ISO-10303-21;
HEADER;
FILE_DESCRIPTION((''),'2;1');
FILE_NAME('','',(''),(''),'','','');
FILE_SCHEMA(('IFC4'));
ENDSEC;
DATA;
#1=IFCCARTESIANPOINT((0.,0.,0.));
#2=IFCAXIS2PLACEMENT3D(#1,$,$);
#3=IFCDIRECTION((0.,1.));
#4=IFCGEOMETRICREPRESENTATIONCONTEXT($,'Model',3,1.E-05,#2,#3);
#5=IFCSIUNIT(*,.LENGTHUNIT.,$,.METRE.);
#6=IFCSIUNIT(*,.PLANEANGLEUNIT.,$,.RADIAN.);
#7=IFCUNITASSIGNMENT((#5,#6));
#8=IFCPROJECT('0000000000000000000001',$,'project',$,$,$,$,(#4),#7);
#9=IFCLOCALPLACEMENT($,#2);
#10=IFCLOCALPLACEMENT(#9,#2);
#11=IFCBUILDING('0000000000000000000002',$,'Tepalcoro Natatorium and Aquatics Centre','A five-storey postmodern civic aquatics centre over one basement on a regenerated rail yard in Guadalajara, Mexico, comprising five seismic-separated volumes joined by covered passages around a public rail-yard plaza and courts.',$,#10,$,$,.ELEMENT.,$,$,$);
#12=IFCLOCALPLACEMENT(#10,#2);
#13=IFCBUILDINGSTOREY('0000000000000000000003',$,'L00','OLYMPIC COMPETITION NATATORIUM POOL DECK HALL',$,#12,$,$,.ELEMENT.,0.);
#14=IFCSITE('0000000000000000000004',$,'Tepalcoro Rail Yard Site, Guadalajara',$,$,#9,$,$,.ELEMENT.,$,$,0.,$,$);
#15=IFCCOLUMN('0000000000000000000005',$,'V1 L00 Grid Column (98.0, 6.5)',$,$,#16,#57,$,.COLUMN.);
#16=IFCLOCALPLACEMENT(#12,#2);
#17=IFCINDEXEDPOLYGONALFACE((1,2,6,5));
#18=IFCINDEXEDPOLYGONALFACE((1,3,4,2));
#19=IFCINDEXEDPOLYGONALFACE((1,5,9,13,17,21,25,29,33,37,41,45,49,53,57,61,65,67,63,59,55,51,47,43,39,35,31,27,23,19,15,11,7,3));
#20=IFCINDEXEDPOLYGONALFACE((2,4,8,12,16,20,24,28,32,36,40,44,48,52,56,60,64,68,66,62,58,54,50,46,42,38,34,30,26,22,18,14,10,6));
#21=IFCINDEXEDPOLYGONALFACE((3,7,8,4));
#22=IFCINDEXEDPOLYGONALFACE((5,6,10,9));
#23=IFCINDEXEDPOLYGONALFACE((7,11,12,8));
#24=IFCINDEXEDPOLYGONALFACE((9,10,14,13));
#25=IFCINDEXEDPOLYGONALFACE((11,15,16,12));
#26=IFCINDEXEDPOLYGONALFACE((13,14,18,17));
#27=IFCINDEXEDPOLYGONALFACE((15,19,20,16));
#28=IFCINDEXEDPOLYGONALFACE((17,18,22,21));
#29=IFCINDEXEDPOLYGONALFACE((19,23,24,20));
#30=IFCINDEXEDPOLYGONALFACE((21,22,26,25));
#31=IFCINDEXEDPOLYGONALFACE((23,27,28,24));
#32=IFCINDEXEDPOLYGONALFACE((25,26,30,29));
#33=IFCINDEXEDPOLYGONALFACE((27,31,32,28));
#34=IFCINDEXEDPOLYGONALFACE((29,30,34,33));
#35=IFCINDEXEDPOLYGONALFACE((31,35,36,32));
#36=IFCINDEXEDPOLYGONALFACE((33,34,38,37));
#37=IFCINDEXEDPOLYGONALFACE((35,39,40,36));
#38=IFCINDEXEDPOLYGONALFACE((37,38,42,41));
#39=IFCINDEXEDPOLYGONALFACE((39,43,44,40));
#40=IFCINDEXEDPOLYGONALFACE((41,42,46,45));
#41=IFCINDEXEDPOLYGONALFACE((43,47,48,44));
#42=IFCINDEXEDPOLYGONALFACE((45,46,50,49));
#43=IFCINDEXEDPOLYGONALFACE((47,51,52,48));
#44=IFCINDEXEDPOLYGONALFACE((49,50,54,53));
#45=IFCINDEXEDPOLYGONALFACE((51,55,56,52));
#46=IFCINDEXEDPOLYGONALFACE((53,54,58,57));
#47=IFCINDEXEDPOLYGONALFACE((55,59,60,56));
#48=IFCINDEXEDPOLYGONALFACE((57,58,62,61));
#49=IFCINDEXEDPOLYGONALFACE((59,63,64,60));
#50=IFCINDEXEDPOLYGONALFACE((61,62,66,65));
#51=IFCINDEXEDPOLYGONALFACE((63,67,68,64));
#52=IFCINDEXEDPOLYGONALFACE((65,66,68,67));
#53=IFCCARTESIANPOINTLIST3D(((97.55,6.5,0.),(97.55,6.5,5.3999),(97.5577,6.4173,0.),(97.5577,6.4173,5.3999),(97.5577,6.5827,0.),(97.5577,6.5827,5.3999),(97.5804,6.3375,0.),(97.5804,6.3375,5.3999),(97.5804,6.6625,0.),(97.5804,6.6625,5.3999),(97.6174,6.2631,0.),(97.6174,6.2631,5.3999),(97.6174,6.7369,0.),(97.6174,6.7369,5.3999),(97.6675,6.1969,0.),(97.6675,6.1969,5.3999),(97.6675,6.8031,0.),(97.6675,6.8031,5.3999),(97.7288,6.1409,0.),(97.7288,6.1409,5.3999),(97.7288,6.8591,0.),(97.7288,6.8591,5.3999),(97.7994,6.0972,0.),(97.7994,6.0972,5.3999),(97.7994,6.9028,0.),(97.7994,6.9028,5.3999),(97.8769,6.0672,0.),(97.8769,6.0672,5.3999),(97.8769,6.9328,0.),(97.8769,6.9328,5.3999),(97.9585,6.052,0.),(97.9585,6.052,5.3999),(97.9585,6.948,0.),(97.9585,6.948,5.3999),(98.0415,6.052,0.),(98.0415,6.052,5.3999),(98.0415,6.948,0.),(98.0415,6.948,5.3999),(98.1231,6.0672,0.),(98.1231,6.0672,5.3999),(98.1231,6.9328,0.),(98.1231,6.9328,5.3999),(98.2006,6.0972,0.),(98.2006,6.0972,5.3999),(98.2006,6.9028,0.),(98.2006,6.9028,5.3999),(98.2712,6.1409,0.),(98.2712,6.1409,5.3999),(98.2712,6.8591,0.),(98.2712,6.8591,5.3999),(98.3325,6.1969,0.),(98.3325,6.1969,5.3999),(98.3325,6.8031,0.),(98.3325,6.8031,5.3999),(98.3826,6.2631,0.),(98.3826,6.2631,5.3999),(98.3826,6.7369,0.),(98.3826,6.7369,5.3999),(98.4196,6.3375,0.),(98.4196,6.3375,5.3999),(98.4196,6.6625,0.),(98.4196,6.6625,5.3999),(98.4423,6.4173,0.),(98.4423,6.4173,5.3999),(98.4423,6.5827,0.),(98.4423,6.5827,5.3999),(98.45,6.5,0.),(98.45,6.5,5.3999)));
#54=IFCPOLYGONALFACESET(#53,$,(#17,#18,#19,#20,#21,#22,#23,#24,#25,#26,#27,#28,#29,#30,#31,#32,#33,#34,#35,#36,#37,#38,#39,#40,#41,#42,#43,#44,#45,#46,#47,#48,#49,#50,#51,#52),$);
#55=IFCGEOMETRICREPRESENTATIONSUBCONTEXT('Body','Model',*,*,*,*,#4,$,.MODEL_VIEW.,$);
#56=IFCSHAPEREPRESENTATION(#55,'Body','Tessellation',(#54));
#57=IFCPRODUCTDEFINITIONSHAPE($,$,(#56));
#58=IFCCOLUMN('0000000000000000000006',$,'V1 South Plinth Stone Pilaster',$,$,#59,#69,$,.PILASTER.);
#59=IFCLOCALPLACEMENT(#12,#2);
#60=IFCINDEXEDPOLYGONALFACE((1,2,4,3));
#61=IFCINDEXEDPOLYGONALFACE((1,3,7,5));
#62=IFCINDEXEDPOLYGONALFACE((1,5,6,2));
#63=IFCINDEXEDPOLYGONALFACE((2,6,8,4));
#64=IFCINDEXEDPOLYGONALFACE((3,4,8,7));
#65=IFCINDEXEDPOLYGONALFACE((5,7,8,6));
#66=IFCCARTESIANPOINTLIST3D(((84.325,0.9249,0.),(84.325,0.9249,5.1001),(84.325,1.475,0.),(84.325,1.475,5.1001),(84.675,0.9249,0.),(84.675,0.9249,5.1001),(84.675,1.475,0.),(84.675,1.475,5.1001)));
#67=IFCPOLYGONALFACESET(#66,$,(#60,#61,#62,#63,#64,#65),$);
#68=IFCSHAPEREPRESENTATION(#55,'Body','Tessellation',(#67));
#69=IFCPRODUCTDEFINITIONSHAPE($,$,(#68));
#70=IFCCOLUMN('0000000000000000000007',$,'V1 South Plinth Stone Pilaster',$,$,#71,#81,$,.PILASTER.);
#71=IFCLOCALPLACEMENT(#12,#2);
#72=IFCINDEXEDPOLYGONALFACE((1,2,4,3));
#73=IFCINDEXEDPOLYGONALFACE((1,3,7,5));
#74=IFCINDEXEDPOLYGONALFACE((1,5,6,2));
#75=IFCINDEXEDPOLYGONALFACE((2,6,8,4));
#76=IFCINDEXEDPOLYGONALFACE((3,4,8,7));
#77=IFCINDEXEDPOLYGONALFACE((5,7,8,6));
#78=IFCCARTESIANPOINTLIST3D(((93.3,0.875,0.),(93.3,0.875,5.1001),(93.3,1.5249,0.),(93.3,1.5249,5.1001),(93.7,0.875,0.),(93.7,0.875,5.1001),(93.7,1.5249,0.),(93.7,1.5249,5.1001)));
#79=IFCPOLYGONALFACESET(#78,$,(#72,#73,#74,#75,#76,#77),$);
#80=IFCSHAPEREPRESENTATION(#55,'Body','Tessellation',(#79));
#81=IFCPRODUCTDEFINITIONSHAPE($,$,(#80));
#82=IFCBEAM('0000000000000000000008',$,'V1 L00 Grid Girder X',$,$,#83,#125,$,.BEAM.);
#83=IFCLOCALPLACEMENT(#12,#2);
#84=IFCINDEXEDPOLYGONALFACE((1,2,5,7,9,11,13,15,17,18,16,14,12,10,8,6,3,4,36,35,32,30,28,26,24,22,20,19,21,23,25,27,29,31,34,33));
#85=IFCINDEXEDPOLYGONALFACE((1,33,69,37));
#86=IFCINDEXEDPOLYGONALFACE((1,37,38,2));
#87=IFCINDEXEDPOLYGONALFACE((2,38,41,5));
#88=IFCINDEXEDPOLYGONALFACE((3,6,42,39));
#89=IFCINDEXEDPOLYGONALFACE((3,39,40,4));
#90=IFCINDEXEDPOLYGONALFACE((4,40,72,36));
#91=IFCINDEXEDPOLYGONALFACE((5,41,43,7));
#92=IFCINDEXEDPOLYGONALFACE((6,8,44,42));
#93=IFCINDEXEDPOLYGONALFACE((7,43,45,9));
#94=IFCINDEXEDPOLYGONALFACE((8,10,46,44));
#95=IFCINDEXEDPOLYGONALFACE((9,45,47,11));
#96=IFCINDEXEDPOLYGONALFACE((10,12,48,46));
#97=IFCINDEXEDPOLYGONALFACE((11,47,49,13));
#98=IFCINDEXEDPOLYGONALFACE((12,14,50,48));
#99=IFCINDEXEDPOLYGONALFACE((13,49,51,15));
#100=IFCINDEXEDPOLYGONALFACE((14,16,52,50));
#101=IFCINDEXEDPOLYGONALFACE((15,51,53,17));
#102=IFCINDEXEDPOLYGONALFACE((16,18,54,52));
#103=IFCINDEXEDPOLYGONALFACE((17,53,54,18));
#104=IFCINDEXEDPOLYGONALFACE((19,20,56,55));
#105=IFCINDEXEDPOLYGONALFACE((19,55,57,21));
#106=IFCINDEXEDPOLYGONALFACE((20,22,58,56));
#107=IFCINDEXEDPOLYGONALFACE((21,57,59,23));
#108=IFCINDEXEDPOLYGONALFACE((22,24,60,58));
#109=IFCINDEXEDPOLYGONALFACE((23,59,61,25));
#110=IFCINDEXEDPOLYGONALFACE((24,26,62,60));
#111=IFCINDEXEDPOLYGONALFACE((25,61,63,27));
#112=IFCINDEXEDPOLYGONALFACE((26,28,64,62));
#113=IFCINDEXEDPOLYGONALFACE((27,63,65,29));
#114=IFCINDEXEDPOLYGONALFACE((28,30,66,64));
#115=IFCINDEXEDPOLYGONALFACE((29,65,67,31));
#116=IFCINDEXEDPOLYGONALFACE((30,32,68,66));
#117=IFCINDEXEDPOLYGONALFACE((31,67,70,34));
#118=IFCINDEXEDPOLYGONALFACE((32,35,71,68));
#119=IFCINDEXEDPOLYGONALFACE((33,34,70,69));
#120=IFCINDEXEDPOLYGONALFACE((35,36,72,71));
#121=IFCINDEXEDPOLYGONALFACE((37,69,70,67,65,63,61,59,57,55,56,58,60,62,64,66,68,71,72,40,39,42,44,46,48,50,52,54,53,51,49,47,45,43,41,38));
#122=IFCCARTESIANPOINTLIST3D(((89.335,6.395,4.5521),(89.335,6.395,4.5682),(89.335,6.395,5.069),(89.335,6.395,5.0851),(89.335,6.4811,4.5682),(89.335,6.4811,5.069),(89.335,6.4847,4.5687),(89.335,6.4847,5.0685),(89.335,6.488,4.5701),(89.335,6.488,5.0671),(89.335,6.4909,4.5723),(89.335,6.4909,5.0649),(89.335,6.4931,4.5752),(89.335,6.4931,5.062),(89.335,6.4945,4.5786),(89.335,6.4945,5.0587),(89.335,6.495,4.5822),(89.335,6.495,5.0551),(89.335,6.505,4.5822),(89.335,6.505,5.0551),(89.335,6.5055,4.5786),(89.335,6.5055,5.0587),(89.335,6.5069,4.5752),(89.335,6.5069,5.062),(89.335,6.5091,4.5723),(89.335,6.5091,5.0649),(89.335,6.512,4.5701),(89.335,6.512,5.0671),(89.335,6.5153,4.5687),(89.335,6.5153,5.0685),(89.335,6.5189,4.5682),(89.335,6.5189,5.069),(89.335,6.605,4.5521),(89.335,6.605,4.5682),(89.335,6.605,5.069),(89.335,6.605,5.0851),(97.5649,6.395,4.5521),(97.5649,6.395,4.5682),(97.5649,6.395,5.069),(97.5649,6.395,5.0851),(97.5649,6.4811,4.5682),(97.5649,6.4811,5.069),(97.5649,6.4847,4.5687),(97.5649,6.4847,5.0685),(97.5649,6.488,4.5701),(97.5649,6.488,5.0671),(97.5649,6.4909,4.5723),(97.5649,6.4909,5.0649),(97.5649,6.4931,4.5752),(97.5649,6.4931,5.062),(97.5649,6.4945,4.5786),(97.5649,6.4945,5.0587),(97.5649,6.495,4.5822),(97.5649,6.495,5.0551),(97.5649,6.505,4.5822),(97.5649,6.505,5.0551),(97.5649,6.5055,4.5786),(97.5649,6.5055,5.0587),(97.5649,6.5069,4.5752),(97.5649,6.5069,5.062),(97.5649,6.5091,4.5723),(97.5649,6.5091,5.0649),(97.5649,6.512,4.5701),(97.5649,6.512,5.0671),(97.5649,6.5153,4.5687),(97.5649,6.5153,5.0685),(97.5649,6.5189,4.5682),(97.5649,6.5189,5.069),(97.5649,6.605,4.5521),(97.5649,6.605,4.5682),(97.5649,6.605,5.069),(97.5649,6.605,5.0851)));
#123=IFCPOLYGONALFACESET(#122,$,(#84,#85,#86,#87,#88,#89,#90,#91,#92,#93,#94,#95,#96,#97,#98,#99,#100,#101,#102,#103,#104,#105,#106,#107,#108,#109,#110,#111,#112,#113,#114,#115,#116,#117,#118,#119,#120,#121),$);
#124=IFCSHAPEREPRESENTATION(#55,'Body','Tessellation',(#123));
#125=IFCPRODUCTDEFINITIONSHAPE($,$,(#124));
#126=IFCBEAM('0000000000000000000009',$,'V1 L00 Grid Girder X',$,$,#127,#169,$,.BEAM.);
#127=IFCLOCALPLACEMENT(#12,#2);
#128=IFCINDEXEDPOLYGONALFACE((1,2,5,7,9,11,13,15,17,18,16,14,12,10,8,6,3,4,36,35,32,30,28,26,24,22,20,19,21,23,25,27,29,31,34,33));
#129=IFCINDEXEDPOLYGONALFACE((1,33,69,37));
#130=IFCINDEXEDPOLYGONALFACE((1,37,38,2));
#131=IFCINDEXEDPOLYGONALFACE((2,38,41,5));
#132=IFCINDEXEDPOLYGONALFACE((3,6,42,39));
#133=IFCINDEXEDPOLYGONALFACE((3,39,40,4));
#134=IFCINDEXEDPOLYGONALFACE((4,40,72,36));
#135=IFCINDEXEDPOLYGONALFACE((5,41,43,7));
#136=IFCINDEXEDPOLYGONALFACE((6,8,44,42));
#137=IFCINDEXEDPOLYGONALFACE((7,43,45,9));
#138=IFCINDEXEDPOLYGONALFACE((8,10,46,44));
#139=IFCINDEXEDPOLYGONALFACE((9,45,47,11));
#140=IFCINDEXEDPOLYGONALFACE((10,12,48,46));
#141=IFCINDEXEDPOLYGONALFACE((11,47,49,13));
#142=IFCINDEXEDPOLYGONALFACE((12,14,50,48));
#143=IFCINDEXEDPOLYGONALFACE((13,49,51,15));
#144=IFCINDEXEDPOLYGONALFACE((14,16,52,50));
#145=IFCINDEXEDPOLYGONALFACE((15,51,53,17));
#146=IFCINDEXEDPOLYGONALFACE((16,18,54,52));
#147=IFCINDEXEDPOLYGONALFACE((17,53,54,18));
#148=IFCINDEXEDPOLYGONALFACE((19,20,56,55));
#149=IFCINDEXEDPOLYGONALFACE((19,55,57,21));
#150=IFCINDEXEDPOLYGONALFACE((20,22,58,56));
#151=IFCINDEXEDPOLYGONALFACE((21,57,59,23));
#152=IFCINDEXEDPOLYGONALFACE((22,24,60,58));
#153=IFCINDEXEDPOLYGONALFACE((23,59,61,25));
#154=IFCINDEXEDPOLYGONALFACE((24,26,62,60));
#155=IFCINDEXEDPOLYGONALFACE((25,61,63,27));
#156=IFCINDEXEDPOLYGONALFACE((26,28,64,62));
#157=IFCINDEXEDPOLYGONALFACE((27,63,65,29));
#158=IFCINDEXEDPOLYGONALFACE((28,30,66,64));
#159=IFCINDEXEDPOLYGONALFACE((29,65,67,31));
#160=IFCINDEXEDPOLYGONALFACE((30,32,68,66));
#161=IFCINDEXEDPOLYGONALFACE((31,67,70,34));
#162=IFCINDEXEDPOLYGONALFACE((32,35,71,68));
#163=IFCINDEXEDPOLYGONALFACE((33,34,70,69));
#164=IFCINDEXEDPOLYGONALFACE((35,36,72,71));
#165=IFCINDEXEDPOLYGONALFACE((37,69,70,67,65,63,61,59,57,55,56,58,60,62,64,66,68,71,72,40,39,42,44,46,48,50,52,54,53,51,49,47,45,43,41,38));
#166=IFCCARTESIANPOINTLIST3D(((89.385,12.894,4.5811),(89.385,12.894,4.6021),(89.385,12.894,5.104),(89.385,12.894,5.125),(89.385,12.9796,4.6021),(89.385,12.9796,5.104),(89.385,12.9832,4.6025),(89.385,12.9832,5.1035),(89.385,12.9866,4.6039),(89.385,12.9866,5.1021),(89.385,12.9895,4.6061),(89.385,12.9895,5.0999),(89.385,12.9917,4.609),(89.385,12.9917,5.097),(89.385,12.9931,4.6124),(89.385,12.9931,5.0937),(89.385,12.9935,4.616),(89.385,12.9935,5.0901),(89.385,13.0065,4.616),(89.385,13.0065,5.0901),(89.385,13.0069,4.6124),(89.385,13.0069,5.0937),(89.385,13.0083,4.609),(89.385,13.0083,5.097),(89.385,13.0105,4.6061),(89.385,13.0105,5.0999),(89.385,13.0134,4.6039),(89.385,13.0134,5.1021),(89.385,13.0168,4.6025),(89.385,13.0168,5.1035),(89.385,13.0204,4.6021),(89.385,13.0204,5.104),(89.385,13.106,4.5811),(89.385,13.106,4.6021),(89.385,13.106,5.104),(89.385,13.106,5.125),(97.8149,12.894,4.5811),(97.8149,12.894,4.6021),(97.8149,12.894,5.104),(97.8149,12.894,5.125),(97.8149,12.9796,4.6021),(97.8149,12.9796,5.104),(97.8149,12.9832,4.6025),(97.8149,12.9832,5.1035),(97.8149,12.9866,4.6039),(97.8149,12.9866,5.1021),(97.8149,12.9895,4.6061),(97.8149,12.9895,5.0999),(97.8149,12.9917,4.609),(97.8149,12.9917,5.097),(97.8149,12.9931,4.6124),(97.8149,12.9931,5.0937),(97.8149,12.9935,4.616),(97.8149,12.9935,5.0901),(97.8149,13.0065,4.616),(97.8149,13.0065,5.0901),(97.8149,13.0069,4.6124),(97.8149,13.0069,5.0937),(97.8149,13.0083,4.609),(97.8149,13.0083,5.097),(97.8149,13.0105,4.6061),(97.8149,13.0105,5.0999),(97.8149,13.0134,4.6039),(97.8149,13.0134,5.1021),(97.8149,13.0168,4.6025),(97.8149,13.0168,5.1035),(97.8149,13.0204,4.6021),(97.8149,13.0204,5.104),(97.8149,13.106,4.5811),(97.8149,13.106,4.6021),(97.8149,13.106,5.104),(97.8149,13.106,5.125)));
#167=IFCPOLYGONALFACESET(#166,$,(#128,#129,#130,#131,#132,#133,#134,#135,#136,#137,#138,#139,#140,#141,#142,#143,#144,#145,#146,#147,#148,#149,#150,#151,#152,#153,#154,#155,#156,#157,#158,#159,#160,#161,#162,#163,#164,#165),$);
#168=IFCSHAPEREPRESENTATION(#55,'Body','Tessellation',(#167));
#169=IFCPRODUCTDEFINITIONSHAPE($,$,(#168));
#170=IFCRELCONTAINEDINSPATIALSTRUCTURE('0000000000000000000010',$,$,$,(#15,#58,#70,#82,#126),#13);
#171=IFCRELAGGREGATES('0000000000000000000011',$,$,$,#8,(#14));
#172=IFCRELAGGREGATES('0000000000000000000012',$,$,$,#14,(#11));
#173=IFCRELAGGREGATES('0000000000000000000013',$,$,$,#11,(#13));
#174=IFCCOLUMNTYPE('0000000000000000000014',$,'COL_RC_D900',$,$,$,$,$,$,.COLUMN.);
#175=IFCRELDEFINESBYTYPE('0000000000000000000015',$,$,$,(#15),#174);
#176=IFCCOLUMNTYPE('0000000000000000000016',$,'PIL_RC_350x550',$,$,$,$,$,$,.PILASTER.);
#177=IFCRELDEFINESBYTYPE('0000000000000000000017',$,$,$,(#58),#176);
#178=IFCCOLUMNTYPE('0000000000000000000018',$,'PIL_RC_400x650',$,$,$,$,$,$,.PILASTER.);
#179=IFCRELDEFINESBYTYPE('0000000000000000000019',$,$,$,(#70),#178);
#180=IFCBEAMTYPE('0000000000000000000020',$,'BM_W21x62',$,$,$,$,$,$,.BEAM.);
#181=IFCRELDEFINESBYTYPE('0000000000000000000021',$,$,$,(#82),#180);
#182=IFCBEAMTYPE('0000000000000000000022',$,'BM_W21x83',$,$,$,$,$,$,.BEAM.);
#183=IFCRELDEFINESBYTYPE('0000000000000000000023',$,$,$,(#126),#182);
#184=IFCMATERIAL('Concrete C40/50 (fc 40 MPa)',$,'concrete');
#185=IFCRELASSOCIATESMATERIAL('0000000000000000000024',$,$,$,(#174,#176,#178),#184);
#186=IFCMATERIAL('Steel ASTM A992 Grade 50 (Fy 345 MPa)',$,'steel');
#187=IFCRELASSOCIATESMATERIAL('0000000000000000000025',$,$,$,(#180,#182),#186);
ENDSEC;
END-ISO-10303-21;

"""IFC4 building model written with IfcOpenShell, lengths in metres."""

from ifc_helpers import new_model, si_unit, direction, frame, origin, origin_2d, place, context, subcontext, project, spatial, rectangle, circle, i_section, extrude, material, material_profile, profile_set, type_object, element, save


model = new_model("IFC4")

# Units and contexts
model_context = context("Model", 3, precision=1e-05, world=origin(), true_north=direction((0.0, 1.0)))
body_context = subcontext(model_context, "Body", "Model", "MODEL_VIEW")
ifc_project = project(units=[si_unit("LENGTHUNIT", "METRE"), si_unit("PLANEANGLEUNIT", "RADIAN")], contexts=[model_context])

# Site, building, storey
site_placement = place(None, origin())
site = spatial("IfcSite", under=ifc_project, at=site_placement, Name="Tepalcoro Rail Yard Site, Guadalajara", CompositionType="ELEMENT", RefElevation=0.0)
building_placement = place(site_placement, origin())
building = spatial("IfcBuilding", under=site, at=building_placement, Name="Tepalcoro Natatorium and Aquatics Centre", Description="A five-storey postmodern civic aquatics centre over one basement on a regenerated rail yard in Guadalajara, Mexico, comprising five seismic-separated volumes joined by covered passages around a public rail-yard plaza and courts.", CompositionType="ELEMENT")
storey_placement = place(building_placement, origin())
storey = spatial("IfcBuildingStorey", under=building, at=storey_placement, Name="L00", Description="OLYMPIC COMPETITION NATATORIUM POOL DECK HALL", CompositionType="ELEMENT", Elevation=0.0)

# Columns
ifc_material_1 = material(Name="Concrete C40/50 (fc 40 MPa)", Category="concrete")
ifc_material_profile_1 = material_profile(ifc_material_1, circle(Radius=0.45, at=origin_2d()), Name="RCD900")
ifc_profile_set_1 = profile_set([ifc_material_profile_1], Name="Concrete C40/50 (fc 40 MPa)")
column_type_1 = type_object("IfcColumnType", Name="COL_RC_D900", PredefinedType="COLUMN", material=ifc_profile_set_1)
column_1_placement = place(storey_placement, frame((98.0, 6.5, 0.0), z_axis=(0.0, 0.0, 1.0), x_axis=(1.0, 0.0, 0.0)))
element("IfcColumn", 1, at=column_1_placement, inside=storey, type_object=column_type_1, Name="V1 L00 Grid Column (98.0, 6.5)", PredefinedType="COLUMN", context=body_context, shape_type="SweptSolid", body=[
    extrude(circle(Radius=0.45, at=origin_2d()), origin(), (0.0, 0.0, 1.0), 5.3999),
])
ifc_material_profile_2 = material_profile(ifc_material_1, rectangle(XDim=0.3501, YDim=0.55, at=origin_2d()), Name="PIL350x550")
ifc_profile_set_2 = profile_set([ifc_material_profile_2], Name="Concrete C40/50 (fc 40 MPa)")
column_type_2 = type_object("IfcColumnType", Name="PIL_RC_350x550", PredefinedType="PILASTER", material=ifc_profile_set_2)
column_2_placement = place(storey_placement, frame((84.5, 1.2, 0.0), z_axis=(0.0, 0.0, 1.0), x_axis=(1.0, 0.0, 0.0)))
element("IfcColumn", 2, at=column_2_placement, inside=storey, type_object=column_type_2, Name="V1 South Plinth Stone Pilaster", PredefinedType="PILASTER", context=body_context, shape_type="SweptSolid", body=[
    extrude(rectangle(XDim=0.3501, YDim=0.55, at=origin_2d()), origin(), (0.0, 0.0, 1.0), 5.1001),
])
ifc_material_profile_3 = material_profile(ifc_material_1, rectangle(XDim=0.3999, YDim=0.6499, at=origin_2d()), Name="PIL400x650")
ifc_profile_set_3 = profile_set([ifc_material_profile_3], Name="Concrete C40/50 (fc 40 MPa)")
column_type_3 = type_object("IfcColumnType", Name="PIL_RC_400x650", PredefinedType="PILASTER", material=ifc_profile_set_3)
column_3_placement = place(storey_placement, frame((93.5, 1.2, 0.0), z_axis=(0.0, 0.0, 1.0), x_axis=(1.0, 0.0, 0.0)))
element("IfcColumn", 3, at=column_3_placement, inside=storey, type_object=column_type_3, Name="V1 South Plinth Stone Pilaster", PredefinedType="PILASTER", context=body_context, shape_type="SweptSolid", body=[
    extrude(rectangle(XDim=0.3999, YDim=0.6499, at=origin_2d()), origin(), (0.0, 0.0, 1.0), 5.1001),
])

# Beams
ifc_material_2 = material(Name="Steel ASTM A992 Grade 50 (Fy 345 MPa)", Category="steel")
ifc_material_profile_4 = material_profile(ifc_material_2, i_section(OverallWidth=0.21, OverallDepth=0.533, WebThickness=0.01, FlangeThickness=0.0161, FilletRadius=0.0139, at=origin_2d()), Name="W21X62")
ifc_profile_set_4 = profile_set([ifc_material_profile_4], Name="Steel ASTM A992 Grade 50 (Fy 345 MPa)")
beam_type_1 = type_object("IfcBeamType", Name="BM_W21x62", PredefinedType="BEAM", material=ifc_profile_set_4)
beam_1_placement = place(storey_placement, frame((89.335, 6.5, 4.8186), z_axis=(1.0, 0.0, 0.0), x_axis=(0.0, 1.0, 0.0)))
element("IfcBeam", 4, at=beam_1_placement, inside=storey, type_object=beam_type_1, Name="V1 L00 Grid Girder X", PredefinedType="BEAM", context=body_context, shape_type="SweptSolid", body=[
    extrude(i_section(OverallWidth=0.21, OverallDepth=0.533, WebThickness=0.01, FlangeThickness=0.0161, FilletRadius=0.0139, at=origin_2d()), origin(), (0.0, 0.0, 1.0), 8.23),
])
ifc_material_profile_5 = material_profile(ifc_material_2, i_section(OverallWidth=0.2119, OverallDepth=0.5439, WebThickness=0.0129, FlangeThickness=0.021, FilletRadius=0.0139, at=origin_2d()), Name="W21X83")
ifc_profile_set_5 = profile_set([ifc_material_profile_5], Name="Steel ASTM A992 Grade 50 (Fy 345 MPa)")
beam_type_2 = type_object("IfcBeamType", Name="BM_W21x83", PredefinedType="BEAM", material=ifc_profile_set_5)
beam_2_placement = place(storey_placement, frame((89.385, 13.0, 4.853), z_axis=(1.0, 0.0, 0.0), x_axis=(0.0, 1.0, 0.0)))
element("IfcBeam", 5, at=beam_2_placement, inside=storey, type_object=beam_type_2, Name="V1 L00 Grid Girder X", PredefinedType="BEAM", context=body_context, shape_type="SweptSolid", body=[
    extrude(i_section(OverallWidth=0.2119, OverallDepth=0.5439, WebThickness=0.0129, FlangeThickness=0.021, FilletRadius=0.0139, at=origin_2d()), origin(), (0.0, 0.0, 1.0), 8.4299),
])

save(model, "model.ifc")
